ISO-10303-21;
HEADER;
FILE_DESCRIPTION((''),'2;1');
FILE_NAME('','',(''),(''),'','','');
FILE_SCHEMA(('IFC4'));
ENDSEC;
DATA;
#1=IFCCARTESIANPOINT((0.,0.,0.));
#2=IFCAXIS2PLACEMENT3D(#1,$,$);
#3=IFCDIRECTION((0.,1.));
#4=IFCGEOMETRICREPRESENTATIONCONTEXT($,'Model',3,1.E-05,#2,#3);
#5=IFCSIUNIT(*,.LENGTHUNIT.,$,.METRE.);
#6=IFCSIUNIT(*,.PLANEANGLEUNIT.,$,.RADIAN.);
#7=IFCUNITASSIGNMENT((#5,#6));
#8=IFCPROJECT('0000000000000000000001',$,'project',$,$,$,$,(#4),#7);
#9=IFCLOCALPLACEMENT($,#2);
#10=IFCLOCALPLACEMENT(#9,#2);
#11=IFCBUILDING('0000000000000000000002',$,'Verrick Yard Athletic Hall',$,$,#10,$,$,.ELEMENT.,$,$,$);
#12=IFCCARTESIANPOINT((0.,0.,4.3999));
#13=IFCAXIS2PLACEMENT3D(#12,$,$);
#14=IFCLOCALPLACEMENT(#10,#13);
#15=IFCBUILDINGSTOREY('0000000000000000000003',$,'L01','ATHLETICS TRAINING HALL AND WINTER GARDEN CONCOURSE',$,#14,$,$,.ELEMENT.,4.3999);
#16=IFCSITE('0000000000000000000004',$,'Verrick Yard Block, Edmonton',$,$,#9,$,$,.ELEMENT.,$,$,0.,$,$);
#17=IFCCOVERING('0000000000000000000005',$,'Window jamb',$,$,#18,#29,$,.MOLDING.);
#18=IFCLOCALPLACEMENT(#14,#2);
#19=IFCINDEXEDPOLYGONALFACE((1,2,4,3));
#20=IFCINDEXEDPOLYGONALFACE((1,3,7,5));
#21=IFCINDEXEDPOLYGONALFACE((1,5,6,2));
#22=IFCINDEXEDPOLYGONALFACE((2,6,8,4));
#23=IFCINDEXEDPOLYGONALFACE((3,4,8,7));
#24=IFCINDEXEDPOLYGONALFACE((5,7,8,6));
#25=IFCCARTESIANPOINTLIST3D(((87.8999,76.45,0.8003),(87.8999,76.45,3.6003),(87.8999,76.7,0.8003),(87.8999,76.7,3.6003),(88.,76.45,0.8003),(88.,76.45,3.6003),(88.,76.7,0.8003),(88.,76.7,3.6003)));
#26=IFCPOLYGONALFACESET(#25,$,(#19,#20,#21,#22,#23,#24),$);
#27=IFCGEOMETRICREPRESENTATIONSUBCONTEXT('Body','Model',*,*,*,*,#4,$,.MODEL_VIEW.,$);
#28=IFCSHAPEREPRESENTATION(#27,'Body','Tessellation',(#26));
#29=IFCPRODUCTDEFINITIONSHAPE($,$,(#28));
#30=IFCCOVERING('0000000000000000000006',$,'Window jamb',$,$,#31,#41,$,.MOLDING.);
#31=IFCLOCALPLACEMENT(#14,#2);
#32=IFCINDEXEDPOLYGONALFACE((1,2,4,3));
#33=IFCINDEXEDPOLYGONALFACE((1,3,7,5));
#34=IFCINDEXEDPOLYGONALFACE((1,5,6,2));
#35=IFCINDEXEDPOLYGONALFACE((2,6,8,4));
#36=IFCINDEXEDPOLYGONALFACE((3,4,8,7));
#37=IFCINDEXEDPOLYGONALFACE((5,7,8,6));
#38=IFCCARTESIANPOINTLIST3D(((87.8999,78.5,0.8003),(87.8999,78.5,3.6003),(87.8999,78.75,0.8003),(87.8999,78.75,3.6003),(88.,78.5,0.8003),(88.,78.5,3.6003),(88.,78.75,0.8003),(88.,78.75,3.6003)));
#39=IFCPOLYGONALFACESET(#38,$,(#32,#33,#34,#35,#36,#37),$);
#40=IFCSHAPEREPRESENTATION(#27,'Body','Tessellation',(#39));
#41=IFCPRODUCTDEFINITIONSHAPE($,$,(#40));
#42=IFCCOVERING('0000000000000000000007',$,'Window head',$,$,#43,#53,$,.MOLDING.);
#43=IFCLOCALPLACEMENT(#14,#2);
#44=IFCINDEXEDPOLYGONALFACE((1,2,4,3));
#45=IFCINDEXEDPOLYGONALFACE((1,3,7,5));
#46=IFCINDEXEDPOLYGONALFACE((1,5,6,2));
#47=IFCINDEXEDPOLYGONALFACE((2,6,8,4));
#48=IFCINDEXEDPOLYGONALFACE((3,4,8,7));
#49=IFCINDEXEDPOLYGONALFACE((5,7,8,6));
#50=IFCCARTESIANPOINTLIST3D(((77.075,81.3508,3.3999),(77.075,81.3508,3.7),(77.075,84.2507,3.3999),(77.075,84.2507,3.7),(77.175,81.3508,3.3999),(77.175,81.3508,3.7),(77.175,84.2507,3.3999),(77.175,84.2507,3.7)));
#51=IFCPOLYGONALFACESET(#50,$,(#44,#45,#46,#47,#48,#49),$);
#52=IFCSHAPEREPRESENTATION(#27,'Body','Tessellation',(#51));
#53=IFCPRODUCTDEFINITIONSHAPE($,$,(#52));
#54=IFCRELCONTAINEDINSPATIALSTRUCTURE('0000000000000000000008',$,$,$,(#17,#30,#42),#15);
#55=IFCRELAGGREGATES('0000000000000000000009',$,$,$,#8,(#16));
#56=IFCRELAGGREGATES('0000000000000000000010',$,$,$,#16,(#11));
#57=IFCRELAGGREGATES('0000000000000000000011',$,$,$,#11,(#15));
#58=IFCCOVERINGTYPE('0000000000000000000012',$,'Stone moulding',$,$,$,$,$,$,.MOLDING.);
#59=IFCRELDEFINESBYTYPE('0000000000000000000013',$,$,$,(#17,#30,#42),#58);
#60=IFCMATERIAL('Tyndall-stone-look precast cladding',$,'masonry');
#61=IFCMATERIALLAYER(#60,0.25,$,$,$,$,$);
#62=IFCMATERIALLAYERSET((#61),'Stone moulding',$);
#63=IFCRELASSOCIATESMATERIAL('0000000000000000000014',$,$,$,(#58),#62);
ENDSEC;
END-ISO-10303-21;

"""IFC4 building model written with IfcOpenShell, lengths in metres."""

from ifc_helpers import new_model, si_unit, direction, frame, origin, origin_2d, place, context, subcontext, project, spatial, rectangle, extrude, material, layer, layer_set, type_object, element, save


model = new_model("IFC4")

# Units and contexts
model_context = context("Model", 3, precision=1e-05, world=origin(), true_north=direction((0.0, 1.0)))
body_context = subcontext(model_context, "Body", "Model", "MODEL_VIEW")
ifc_project = project(units=[si_unit("LENGTHUNIT", "METRE"), si_unit("PLANEANGLEUNIT", "RADIAN")], contexts=[model_context])

# Site, building, storey
site_placement = place(None, origin())
site = spatial("IfcSite", under=ifc_project, at=site_placement, Name="Verrick Yard Block, Edmonton", CompositionType="ELEMENT", RefElevation=0.0)
building_placement = place(site_placement, origin())
building = spatial("IfcBuilding", under=site, at=building_placement, Name="Verrick Yard Athletic Hall", CompositionType="ELEMENT")
storey_placement = place(building_placement, frame((0.0, 0.0, 4.3999)))
storey = spatial("IfcBuildingStorey", under=building, at=storey_placement, Name="L01", Description="ATHLETICS TRAINING HALL AND WINTER GARDEN CONCOURSE", CompositionType="ELEMENT", Elevation=4.3999)

# Shared definitions
ifc_material_1 = material(Name="Tyndall-stone-look precast cladding", Category="masonry")

# Coverings
ifc_layer_1 = layer(ifc_material_1, 0.25)
ifc_layer_set_1 = layer_set([ifc_layer_1], Name="Stone moulding")
covering_type_1 = type_object("IfcCoveringType", Name="Stone moulding", PredefinedType="MOLDING", material=ifc_layer_set_1)
for number, where, z_axis, x_axis, name in (
    (1, (87.95, 76.575, 0.8003), (0.0, 0.0, 1.0), (0.0, 1.0, 0.0), "Window jamb"),
    (2, (87.95, 78.625, 0.8003), (0.0, 0.0, 1.0), (0.0, 1.0, 0.0), "Window jamb"),
):
    element("IfcCovering", number, at=place(storey_placement, frame(where, z_axis=z_axis, x_axis=x_axis)), inside=storey, type_object=covering_type_1, Name=name, PredefinedType="MOLDING", context=body_context, shape_type="SweptSolid", body=[
        extrude(rectangle(XDim=0.25, YDim=0.1001, at=origin_2d()), origin(), (0.0, 0.0, 1.0), 2.8),
    ])
covering_1_placement = place(storey_placement, frame((77.125, 82.8008, 3.3999), z_axis=(0.0, 0.0, 1.0), x_axis=(0.0, 1.0, 0.0)))
element("IfcCovering", 3, at=covering_1_placement, inside=storey, type_object=covering_type_1, Name="Window head", PredefinedType="MOLDING", context=body_context, shape_type="SweptSolid", body=[
    extrude(rectangle(XDim=2.8999, YDim=0.1001, at=origin_2d()), origin(), (0.0, 0.0, 1.0), 0.3),
])

save(model, "model.ifc")
